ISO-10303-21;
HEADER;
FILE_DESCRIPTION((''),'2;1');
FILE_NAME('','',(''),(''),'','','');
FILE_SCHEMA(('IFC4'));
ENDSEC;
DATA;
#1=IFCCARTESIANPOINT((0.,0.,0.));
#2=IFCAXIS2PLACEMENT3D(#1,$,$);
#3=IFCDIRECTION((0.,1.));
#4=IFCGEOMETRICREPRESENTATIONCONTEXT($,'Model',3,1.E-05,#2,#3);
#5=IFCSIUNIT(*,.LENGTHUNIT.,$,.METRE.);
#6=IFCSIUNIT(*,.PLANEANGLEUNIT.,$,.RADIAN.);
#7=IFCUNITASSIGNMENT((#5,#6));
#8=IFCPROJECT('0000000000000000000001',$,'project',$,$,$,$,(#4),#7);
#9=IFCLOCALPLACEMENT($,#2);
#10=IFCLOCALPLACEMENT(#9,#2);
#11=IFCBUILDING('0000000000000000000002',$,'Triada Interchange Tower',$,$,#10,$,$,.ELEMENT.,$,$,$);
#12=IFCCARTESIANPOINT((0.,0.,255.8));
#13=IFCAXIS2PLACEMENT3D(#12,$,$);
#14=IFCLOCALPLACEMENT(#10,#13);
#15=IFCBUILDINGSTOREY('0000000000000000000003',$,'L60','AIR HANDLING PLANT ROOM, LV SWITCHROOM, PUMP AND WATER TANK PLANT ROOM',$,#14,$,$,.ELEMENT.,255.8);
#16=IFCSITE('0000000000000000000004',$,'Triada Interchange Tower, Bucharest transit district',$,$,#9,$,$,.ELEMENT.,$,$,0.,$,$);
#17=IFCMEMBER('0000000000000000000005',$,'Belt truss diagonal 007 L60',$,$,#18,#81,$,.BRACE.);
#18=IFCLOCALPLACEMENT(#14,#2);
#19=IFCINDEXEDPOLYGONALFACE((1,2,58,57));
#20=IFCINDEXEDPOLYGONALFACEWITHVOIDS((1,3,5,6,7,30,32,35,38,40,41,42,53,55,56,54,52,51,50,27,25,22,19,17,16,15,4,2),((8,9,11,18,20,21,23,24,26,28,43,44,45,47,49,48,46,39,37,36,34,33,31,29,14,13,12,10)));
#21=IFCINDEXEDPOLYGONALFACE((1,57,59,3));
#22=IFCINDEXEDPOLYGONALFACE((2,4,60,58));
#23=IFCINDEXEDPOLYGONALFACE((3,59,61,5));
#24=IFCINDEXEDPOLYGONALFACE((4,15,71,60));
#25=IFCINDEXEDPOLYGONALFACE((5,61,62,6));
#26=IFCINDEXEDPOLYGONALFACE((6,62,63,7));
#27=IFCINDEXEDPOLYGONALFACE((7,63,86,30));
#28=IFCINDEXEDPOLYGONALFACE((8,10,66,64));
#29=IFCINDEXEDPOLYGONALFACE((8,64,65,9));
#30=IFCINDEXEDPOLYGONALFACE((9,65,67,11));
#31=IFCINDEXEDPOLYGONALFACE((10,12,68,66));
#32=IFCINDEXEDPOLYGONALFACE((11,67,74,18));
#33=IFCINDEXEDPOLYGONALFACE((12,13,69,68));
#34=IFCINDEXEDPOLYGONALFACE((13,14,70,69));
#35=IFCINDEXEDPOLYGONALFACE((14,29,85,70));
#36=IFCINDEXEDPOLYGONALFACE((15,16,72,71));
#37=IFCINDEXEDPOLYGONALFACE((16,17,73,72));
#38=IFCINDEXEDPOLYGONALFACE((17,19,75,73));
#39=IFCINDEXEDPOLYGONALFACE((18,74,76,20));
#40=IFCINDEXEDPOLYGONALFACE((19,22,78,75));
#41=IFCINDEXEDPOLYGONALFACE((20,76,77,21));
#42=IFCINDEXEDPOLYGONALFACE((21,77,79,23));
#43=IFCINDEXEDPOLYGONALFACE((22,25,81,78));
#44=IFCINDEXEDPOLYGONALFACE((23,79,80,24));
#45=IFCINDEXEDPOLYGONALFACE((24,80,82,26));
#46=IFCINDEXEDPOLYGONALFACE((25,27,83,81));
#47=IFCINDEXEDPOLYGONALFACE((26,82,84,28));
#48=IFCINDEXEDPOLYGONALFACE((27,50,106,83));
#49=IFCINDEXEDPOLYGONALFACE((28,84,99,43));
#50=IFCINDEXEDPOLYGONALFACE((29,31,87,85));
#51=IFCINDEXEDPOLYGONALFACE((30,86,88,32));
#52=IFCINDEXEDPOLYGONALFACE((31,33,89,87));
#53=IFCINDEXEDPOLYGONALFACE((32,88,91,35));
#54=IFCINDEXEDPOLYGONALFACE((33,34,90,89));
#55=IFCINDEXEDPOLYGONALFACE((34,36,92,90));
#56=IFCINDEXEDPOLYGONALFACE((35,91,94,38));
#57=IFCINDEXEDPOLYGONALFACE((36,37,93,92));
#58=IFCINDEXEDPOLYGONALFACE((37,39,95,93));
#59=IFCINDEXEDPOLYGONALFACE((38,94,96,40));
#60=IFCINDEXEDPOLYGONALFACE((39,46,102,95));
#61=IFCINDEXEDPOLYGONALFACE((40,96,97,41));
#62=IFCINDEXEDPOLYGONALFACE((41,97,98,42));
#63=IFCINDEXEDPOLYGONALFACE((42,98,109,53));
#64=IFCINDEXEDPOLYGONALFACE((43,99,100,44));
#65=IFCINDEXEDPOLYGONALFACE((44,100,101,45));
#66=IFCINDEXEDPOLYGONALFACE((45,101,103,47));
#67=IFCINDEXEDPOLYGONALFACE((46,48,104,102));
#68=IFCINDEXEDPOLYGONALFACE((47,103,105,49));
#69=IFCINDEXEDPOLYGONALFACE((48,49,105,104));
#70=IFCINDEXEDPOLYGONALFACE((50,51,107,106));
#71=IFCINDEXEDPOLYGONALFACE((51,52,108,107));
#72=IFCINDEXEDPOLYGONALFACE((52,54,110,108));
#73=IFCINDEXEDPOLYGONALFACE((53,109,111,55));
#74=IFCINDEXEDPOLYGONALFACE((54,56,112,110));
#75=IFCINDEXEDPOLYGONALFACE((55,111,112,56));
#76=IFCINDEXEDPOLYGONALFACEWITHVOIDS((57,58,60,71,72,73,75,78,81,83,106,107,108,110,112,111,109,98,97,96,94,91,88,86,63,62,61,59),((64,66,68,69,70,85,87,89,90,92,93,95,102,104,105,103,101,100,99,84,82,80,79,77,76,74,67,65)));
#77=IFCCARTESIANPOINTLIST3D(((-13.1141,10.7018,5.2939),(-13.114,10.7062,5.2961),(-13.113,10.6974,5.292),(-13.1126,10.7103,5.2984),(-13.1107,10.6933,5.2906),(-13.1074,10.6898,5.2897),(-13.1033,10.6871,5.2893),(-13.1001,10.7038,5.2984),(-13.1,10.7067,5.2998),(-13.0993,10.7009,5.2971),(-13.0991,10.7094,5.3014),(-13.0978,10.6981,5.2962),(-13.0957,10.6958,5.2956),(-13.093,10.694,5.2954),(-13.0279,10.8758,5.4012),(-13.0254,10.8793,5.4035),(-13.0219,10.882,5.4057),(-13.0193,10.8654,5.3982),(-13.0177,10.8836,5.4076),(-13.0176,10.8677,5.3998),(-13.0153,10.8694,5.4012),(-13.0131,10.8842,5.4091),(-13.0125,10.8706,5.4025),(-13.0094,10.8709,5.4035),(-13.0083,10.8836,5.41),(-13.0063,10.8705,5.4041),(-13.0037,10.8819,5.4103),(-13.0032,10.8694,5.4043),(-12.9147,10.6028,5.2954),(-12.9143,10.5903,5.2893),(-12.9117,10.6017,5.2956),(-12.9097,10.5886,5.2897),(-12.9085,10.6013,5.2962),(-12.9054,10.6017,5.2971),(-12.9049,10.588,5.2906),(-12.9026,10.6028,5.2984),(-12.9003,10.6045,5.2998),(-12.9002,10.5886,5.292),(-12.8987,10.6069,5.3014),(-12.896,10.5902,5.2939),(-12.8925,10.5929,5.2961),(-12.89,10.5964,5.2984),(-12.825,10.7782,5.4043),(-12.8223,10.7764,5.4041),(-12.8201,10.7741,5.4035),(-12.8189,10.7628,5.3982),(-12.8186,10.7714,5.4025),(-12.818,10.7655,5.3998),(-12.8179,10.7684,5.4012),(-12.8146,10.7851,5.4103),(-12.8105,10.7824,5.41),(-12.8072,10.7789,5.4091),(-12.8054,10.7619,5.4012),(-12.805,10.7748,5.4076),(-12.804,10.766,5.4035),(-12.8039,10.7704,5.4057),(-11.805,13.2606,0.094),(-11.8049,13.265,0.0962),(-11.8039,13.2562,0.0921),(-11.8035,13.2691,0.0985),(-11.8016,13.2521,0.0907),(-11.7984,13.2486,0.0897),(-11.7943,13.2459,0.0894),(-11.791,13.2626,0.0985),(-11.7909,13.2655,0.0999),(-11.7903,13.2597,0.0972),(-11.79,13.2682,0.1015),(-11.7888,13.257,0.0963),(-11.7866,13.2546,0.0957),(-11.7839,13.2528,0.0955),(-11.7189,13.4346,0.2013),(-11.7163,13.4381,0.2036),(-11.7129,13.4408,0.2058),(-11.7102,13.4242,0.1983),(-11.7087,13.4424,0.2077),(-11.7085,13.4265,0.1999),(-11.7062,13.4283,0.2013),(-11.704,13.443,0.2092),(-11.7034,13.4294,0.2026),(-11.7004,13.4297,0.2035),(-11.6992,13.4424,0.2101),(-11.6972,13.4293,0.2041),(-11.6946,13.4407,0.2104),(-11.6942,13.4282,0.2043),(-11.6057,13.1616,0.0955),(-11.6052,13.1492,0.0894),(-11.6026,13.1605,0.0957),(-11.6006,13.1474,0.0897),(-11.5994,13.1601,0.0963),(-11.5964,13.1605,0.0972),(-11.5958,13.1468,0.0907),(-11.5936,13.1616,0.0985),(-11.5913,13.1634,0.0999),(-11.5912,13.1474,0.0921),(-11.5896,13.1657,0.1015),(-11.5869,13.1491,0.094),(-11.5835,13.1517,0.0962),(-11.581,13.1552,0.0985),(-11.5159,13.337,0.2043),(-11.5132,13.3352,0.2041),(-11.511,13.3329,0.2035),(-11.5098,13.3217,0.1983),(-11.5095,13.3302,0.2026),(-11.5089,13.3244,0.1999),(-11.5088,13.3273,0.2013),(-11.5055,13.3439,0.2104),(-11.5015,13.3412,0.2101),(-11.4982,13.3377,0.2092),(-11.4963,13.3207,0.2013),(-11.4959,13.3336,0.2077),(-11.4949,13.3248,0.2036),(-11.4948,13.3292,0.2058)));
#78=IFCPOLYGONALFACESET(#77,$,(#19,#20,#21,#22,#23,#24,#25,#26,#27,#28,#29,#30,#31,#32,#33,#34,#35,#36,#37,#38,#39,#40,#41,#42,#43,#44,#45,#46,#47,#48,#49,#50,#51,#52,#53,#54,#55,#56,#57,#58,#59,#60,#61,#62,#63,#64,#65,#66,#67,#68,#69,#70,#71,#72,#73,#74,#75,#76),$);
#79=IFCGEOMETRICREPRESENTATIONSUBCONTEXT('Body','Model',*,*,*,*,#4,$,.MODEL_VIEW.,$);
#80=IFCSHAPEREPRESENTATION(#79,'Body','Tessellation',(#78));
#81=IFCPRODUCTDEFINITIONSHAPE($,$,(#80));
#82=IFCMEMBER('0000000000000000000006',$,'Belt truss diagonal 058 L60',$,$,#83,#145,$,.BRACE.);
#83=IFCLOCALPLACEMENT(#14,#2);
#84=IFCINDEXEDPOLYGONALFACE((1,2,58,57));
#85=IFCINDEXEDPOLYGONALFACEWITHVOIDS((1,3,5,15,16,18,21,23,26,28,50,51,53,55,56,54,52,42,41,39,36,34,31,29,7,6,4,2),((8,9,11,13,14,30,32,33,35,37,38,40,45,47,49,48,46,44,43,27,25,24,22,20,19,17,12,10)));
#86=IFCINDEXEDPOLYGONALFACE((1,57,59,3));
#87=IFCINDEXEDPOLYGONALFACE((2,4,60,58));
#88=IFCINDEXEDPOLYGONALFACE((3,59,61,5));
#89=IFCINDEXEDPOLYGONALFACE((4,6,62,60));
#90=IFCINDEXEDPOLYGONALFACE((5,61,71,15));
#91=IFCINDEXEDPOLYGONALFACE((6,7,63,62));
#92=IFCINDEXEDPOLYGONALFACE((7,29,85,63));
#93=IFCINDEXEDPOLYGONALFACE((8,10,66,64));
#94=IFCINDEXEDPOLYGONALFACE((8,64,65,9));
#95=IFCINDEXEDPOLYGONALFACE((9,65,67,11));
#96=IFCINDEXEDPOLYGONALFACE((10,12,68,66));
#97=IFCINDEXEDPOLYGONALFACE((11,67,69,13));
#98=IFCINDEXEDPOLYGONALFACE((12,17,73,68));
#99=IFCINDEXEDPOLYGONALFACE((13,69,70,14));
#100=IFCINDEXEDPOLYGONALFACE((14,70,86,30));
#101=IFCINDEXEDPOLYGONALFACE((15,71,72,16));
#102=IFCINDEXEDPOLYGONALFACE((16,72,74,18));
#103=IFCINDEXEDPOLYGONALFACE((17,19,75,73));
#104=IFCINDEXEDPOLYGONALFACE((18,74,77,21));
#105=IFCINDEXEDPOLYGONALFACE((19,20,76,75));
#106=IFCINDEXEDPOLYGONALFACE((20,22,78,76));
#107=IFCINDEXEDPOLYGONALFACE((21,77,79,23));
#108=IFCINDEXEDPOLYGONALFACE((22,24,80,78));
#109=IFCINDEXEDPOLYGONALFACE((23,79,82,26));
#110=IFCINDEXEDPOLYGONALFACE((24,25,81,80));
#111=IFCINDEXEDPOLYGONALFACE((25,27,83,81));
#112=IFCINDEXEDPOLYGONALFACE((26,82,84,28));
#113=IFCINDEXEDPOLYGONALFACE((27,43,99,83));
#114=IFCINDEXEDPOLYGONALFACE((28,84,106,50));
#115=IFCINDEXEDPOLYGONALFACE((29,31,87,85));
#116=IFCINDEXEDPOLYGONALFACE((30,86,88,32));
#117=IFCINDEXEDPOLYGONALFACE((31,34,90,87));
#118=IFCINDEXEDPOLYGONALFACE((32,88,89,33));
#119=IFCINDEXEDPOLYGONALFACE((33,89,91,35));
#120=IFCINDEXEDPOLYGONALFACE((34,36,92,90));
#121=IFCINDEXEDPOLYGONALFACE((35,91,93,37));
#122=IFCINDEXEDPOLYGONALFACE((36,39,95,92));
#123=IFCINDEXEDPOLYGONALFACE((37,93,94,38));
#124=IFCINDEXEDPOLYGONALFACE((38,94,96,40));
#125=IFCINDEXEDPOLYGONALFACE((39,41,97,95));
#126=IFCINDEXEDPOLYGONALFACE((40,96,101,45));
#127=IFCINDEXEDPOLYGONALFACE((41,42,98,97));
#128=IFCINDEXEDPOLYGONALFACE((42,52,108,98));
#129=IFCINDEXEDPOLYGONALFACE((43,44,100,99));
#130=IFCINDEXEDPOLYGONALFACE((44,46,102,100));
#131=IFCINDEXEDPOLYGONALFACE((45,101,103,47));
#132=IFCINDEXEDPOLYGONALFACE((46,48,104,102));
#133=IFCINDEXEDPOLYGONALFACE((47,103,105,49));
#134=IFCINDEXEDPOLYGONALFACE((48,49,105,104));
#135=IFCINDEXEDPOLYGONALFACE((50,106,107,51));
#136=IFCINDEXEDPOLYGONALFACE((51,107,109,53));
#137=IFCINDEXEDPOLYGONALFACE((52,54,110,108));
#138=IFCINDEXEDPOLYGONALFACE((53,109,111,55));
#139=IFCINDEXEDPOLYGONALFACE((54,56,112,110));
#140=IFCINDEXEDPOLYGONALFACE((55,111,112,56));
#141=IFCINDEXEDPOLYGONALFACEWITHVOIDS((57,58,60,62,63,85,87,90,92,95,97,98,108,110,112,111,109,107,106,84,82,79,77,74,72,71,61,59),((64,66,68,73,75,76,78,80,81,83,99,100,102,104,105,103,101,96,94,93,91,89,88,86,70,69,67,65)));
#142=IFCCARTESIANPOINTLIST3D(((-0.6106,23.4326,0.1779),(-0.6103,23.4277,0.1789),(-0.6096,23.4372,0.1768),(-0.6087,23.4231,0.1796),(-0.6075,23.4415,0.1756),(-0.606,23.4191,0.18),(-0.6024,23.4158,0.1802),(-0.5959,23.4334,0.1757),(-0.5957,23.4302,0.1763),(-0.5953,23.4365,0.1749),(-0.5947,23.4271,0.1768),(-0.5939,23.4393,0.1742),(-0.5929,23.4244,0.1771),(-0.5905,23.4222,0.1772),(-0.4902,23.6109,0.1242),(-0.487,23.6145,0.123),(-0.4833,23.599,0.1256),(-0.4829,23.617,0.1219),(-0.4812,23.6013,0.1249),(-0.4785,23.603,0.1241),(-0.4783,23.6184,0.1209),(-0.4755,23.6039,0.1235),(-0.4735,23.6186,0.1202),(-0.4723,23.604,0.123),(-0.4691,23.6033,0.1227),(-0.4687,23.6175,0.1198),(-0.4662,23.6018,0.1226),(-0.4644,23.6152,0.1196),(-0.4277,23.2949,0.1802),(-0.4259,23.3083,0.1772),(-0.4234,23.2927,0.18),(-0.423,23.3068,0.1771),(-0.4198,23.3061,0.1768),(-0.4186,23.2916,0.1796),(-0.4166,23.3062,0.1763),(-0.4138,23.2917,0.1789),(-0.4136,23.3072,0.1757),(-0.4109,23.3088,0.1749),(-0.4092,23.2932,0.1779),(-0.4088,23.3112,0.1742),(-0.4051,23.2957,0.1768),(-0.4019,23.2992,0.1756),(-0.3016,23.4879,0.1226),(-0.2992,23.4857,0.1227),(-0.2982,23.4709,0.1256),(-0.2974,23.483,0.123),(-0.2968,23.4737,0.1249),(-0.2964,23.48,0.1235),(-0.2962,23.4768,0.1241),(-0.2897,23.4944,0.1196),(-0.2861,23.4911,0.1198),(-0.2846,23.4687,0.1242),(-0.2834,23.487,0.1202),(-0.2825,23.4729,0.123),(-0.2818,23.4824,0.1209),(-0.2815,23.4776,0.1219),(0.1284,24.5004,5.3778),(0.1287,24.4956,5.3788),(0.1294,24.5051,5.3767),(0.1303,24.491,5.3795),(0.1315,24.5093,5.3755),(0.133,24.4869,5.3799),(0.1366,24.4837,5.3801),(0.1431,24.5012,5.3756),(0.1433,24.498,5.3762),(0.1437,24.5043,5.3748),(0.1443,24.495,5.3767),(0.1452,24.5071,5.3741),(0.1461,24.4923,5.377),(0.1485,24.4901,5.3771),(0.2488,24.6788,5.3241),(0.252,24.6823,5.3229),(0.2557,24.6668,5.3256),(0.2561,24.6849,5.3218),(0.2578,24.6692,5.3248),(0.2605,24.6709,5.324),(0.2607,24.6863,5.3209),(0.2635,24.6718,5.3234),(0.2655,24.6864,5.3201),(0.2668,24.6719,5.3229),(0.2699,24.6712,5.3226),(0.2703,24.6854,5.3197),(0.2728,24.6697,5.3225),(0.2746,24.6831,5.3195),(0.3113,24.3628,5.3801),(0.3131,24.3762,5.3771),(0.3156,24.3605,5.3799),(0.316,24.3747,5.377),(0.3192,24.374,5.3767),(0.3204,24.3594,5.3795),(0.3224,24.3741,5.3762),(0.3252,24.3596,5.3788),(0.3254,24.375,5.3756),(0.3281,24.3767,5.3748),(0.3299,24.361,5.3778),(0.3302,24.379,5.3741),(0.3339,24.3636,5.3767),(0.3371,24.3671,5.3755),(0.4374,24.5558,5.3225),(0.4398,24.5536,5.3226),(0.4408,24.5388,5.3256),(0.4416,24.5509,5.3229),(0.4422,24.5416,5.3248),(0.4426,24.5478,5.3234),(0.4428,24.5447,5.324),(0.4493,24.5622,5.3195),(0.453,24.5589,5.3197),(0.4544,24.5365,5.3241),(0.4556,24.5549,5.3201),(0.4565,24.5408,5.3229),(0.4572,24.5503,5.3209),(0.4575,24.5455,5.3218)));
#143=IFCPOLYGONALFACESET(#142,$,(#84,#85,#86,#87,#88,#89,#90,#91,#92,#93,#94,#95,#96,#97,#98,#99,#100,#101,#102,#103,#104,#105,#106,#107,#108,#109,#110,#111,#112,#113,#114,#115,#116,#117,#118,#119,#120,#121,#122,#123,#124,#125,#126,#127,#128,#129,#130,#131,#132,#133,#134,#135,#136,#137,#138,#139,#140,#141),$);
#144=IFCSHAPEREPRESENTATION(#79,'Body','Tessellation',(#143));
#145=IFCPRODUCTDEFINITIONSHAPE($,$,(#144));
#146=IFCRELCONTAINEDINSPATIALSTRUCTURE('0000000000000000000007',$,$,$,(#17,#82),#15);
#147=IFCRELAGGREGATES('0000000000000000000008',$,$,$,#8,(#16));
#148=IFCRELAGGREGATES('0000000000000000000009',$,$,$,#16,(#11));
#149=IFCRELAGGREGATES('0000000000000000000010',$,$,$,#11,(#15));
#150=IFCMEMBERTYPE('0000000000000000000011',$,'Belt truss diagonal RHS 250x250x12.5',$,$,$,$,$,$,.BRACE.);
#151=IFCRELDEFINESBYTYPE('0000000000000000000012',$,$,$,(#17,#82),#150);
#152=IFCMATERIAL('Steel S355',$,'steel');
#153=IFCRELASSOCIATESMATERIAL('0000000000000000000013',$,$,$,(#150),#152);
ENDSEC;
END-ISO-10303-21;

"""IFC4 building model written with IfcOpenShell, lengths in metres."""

from ifc_helpers import new_model, si_unit, direction, frame, origin, origin_2d, place, context, subcontext, project, spatial, hollow_rectangle, extrude, material, material_profile, profile_set, type_object, element, save


model = new_model("IFC4")

# Units and contexts
model_context = context("Model", 3, precision=1e-05, world=origin(), true_north=direction((0.0, 1.0)))
body_context = subcontext(model_context, "Body", "Model", "MODEL_VIEW")
ifc_project = project(units=[si_unit("LENGTHUNIT", "METRE"), si_unit("PLANEANGLEUNIT", "RADIAN")], contexts=[model_context])

# Site, building, storey
site_placement = place(None, origin())
site = spatial("IfcSite", under=ifc_project, at=site_placement, Name="Triada Interchange Tower, Bucharest transit district", CompositionType="ELEMENT", RefElevation=0.0)
building_placement = place(site_placement, origin())
building = spatial("IfcBuilding", under=site, at=building_placement, Name="Triada Interchange Tower", CompositionType="ELEMENT")
storey_placement = place(building_placement, frame((0.0, 0.0, 255.8)))
storey = spatial("IfcBuildingStorey", under=building, at=storey_placement, Name="L60", Description="AIR HANDLING PLANT ROOM, LV SWITCHROOM, PUMP AND WATER TANK PLANT ROOM", CompositionType="ELEMENT", Elevation=255.8)

# Members
ifc_material_1 = material(Name="Steel S355", Category="steel")
ifc_material_profile_1 = material_profile(ifc_material_1, hollow_rectangle(XDim=0.25, YDim=0.25, WallThickness=0.0125, InnerFilletRadius=0.0125, OuterFilletRadius=0.0188, at=origin_2d()), Name="RHS 250x250x12.5")
ifc_profile_set_1 = profile_set([ifc_material_profile_1], Name="Steel S355")
member_type = type_object("IfcMemberType", Name="Belt truss diagonal RHS 250x250x12.5", PredefinedType="BRACE", material=ifc_profile_set_1)
member_1_placement = place(storey_placement, frame((-11.6499, 13.2949, 0.1499), z_axis=(-0.22033, -0.430676, 0.875199), x_axis=(0.890261, -0.455451, 0.0)))
element("IfcMember", 1, at=member_1_placement, inside=storey, type_object=member_type, Name="Belt truss diagonal 007 L60", PredefinedType="BRACE", context=body_context, shape_type="SweptSolid", body=[
    extrude(hollow_rectangle(XDim=0.25, YDim=0.25, WallThickness=0.0125, InnerFilletRadius=0.0125, OuterFilletRadius=0.0188, at=origin_2d()), origin(), (0.0, 0.0, 1.0), 5.9414),
])
member_2_placement = place(storey_placement, frame((-0.446, 23.4551, 0.1499), z_axis=(0.137884, 0.199242, 0.970201), x_axis=(-0.822294, 0.569063, 0.0)))
element("IfcMember", 2, at=member_2_placement, inside=storey, type_object=member_type, Name="Belt truss diagonal 058 L60", PredefinedType="BRACE", context=body_context, shape_type="SweptSolid", body=[
    extrude(hollow_rectangle(XDim=0.25, YDim=0.25, WallThickness=0.0125, InnerFilletRadius=0.0125, OuterFilletRadius=0.0188, at=origin_2d()), origin(), (0.0, 0.0, 1.0), 5.3596),
])

save(model, "model.ifc")
